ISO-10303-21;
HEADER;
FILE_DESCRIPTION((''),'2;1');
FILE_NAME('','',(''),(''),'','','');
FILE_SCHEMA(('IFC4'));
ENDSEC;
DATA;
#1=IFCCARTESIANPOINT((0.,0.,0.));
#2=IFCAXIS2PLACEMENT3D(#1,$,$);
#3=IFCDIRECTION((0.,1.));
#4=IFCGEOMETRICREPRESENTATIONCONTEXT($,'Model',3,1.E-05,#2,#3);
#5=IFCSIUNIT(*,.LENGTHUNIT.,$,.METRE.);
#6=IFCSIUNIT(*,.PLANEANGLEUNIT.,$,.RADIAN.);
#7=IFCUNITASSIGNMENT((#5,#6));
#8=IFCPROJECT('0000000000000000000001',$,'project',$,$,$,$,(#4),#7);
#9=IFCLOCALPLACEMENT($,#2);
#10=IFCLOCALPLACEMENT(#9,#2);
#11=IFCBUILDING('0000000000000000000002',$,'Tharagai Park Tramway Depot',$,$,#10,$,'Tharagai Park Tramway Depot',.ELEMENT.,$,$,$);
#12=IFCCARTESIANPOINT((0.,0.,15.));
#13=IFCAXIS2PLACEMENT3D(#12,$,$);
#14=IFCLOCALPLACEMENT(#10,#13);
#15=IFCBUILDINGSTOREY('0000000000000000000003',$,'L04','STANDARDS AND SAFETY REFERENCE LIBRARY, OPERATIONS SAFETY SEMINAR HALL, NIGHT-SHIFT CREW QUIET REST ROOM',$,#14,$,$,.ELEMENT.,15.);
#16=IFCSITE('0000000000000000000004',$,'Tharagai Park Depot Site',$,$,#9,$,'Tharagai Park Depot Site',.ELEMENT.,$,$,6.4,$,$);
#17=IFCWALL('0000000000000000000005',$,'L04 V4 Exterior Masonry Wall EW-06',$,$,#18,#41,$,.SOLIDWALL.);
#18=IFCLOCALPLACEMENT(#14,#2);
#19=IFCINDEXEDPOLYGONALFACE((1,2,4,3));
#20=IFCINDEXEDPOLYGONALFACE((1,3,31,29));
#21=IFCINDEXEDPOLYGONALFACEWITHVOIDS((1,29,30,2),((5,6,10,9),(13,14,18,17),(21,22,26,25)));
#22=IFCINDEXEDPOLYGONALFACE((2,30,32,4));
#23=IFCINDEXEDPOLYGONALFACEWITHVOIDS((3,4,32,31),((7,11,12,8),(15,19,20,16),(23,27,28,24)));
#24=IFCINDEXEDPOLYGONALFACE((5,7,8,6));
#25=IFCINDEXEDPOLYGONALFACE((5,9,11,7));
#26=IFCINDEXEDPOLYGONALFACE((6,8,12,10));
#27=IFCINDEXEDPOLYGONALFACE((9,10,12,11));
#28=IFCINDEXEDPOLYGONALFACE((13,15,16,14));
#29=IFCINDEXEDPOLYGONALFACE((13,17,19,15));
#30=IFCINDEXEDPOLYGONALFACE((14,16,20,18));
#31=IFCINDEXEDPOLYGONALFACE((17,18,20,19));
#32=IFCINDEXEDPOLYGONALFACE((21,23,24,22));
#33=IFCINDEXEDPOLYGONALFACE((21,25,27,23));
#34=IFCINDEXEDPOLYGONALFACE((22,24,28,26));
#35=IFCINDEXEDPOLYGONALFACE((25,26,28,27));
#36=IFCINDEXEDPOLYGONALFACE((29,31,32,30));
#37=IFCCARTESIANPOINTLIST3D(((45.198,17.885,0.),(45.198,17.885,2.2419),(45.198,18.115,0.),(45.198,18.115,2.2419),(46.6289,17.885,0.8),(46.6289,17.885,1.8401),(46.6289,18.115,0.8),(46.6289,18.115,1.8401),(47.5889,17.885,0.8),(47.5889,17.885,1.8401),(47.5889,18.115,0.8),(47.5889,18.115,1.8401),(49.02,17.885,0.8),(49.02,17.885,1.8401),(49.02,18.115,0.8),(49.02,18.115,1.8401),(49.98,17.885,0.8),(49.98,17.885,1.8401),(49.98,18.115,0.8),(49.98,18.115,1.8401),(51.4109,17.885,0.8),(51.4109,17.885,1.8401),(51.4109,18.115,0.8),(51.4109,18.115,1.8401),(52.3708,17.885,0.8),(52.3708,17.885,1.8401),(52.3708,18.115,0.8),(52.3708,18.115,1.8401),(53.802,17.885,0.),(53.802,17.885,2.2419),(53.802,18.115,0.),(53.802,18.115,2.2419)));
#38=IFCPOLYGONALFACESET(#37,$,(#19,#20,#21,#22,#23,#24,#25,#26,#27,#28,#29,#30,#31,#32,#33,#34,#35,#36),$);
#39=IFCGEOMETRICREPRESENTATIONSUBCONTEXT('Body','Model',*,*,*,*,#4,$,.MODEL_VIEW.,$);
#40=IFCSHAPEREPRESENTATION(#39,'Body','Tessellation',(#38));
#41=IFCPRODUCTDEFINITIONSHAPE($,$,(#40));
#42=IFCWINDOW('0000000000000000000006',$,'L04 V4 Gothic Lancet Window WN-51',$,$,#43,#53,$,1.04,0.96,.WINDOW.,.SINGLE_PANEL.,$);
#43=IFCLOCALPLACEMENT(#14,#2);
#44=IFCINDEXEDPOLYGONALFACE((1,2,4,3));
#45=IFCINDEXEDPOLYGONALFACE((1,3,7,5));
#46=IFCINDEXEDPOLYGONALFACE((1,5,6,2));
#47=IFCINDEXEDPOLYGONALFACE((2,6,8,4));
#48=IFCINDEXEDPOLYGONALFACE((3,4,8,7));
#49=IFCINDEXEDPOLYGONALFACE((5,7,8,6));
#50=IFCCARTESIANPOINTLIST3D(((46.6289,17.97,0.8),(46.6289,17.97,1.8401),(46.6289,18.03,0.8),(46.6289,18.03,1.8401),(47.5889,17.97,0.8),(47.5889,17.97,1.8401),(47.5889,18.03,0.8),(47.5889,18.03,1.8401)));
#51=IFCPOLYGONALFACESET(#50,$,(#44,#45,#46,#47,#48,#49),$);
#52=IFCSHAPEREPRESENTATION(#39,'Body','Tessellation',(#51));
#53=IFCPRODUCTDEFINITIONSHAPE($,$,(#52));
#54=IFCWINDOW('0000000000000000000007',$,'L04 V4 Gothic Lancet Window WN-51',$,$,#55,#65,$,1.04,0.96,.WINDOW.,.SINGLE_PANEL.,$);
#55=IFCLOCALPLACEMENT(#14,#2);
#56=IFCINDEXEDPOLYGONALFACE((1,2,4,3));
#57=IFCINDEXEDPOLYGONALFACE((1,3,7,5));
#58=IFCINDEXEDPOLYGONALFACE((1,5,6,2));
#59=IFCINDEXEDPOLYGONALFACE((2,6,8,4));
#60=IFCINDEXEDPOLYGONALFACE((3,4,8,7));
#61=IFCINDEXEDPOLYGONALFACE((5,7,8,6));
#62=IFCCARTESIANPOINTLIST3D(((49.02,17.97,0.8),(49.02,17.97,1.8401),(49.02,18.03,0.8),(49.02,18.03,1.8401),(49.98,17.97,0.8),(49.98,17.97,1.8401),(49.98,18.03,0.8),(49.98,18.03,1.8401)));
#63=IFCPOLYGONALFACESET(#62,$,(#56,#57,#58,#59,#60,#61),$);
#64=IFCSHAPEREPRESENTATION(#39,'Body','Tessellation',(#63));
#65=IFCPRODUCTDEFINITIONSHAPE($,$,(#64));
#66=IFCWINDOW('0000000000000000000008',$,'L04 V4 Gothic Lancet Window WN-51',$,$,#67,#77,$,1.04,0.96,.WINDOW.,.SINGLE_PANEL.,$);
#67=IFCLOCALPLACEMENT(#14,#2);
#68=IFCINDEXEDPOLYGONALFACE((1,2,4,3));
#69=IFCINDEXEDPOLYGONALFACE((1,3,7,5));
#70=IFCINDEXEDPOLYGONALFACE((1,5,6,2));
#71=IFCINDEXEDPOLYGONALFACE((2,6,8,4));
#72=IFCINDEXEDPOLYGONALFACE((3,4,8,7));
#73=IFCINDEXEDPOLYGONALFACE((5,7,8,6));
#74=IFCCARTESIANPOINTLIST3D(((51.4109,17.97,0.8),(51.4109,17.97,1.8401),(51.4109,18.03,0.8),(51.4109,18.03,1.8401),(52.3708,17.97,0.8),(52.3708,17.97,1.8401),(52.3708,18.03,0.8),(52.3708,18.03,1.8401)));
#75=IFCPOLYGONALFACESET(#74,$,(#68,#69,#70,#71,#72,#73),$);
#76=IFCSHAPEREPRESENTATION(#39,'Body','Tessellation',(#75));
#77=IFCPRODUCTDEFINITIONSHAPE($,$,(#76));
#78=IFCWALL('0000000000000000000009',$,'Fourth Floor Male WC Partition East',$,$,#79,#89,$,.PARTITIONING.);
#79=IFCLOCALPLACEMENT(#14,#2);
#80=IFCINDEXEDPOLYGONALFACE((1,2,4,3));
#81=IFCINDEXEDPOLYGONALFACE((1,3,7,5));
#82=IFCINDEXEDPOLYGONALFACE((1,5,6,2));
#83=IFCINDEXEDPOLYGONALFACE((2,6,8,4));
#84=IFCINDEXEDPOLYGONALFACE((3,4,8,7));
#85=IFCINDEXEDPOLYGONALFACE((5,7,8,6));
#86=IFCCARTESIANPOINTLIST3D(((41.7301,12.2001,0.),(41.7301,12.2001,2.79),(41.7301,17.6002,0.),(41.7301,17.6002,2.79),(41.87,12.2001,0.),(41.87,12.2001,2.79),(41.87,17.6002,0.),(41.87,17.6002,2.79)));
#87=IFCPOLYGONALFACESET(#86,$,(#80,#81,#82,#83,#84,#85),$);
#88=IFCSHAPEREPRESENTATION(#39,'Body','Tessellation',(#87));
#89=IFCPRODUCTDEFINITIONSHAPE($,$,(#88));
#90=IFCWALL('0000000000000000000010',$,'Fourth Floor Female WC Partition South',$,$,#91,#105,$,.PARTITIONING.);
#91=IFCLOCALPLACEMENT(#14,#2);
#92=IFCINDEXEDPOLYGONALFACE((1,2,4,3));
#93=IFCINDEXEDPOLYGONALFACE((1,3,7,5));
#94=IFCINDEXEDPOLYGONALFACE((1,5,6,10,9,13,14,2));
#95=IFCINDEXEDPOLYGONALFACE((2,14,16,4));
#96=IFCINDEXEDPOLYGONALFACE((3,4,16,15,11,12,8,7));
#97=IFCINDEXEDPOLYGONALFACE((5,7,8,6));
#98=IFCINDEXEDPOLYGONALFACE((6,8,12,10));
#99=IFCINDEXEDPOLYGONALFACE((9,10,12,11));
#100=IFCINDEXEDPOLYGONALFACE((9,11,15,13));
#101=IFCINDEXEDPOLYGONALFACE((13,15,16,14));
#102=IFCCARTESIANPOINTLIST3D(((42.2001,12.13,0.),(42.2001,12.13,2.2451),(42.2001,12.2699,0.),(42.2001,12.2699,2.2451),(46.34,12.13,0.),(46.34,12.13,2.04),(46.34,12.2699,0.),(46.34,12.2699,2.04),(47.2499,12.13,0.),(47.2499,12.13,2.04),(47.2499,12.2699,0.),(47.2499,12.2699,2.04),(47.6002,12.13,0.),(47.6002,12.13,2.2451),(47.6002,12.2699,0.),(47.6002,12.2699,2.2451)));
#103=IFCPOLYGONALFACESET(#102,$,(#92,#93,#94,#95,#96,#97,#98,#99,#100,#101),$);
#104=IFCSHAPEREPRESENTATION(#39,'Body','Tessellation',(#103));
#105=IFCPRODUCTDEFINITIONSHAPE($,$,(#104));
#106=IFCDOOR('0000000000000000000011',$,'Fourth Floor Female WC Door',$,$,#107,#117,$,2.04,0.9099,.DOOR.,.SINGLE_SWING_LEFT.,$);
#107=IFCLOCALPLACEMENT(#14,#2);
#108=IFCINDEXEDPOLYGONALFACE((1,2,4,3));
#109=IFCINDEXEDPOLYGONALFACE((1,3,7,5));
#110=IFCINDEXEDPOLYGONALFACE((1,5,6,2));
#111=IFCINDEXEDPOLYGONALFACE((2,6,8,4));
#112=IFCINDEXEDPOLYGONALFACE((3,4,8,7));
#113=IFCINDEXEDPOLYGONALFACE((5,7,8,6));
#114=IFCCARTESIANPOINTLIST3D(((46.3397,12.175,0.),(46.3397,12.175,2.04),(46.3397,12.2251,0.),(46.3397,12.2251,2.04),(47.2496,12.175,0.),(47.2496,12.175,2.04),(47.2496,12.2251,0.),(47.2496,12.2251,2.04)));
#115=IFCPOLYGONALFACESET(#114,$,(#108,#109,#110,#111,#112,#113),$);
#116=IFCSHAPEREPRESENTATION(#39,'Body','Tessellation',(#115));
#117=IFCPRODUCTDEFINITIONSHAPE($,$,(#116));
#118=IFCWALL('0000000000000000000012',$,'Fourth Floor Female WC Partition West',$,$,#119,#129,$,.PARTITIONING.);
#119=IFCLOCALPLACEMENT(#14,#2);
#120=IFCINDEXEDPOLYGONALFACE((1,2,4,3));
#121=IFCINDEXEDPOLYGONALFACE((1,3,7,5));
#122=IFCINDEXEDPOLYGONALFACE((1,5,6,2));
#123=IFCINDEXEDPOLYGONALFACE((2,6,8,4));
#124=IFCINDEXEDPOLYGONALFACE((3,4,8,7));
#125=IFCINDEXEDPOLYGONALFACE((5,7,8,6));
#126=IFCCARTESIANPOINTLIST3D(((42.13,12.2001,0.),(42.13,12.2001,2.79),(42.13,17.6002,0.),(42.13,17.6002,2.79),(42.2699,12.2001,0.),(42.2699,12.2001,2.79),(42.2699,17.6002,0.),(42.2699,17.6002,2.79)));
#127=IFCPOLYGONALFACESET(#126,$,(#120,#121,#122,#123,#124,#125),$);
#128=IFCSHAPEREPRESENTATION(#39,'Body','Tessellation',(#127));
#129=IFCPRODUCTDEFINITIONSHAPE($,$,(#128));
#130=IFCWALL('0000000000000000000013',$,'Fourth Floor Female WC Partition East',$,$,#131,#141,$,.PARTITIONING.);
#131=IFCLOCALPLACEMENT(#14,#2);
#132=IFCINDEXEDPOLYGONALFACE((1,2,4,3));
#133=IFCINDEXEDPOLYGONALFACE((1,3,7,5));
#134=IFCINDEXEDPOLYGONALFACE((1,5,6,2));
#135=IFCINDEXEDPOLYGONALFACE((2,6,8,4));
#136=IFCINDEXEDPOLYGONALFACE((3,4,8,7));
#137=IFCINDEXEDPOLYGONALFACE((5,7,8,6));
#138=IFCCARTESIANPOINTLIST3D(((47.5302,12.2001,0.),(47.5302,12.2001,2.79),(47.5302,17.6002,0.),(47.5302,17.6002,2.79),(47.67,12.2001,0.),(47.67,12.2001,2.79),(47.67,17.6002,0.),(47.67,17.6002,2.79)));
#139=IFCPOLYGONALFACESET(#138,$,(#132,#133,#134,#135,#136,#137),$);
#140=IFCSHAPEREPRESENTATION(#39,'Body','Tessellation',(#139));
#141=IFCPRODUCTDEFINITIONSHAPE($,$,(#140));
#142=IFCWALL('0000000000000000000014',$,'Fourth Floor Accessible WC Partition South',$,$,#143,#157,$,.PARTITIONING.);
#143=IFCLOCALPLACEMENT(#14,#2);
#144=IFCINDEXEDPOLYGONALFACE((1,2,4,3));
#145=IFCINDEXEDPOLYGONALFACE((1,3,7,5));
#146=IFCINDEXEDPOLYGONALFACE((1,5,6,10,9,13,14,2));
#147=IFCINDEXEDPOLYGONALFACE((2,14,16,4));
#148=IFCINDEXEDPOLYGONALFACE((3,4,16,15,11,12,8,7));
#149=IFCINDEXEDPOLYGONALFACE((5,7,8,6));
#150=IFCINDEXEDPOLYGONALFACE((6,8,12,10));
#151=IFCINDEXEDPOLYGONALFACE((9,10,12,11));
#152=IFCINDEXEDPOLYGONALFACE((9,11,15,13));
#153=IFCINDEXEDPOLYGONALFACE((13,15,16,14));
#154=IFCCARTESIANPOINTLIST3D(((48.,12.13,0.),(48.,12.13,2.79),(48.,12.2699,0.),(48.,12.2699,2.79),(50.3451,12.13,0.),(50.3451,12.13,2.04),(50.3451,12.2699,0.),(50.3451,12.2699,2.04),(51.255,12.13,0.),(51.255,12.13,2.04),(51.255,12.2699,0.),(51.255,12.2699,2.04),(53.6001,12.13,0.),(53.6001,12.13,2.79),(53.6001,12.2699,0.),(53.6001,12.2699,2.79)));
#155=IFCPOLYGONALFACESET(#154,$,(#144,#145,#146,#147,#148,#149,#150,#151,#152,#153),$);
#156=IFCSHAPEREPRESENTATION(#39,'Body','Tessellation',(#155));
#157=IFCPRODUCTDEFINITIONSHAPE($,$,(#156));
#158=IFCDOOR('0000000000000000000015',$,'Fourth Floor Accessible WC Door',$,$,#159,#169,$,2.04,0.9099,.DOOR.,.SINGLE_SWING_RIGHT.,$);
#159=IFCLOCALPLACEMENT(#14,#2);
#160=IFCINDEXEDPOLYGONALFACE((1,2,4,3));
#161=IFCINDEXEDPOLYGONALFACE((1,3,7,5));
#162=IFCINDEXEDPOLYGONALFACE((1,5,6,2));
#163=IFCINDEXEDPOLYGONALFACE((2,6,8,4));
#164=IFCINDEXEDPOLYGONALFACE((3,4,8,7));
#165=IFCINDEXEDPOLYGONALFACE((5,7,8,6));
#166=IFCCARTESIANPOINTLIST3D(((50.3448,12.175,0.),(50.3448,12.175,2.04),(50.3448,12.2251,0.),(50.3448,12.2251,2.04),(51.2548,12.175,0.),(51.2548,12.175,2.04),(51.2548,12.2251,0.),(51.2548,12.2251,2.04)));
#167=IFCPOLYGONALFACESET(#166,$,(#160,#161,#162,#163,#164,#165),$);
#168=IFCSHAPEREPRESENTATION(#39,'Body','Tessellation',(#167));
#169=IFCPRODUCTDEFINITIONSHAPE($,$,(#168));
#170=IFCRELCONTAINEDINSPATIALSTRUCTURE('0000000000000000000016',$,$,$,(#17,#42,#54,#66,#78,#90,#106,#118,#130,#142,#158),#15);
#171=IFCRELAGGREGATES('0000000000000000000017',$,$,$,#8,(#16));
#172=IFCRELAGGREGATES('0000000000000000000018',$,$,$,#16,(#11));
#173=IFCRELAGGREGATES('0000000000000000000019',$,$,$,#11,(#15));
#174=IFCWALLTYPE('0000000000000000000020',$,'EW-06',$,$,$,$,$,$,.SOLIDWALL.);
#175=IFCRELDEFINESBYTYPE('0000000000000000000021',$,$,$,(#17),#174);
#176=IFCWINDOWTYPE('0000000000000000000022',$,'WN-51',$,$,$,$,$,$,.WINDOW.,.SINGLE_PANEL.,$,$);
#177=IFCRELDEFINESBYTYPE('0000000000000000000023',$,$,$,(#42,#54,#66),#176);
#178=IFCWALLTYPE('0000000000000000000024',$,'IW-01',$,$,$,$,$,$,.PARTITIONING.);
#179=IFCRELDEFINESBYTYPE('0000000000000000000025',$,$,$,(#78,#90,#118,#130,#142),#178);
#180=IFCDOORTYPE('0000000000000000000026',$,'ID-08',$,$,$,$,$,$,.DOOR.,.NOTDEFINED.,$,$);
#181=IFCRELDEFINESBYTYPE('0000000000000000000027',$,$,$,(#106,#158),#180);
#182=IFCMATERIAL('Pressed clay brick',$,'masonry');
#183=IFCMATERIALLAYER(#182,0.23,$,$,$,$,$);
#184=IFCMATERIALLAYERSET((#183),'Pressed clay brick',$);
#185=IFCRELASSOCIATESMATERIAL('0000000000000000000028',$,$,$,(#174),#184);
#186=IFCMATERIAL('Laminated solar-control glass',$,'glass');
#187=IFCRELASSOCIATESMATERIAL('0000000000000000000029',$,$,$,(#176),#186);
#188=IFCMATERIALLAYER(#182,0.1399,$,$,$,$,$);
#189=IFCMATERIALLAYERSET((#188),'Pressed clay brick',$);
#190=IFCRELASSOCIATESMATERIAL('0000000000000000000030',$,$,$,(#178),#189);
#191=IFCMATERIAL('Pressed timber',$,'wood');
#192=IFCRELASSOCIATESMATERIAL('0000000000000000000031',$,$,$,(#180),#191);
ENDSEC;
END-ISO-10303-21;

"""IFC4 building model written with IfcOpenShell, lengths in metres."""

from ifc_helpers import new_model, si_unit, direction, frame, frame_2d, origin, place, context, subcontext, project, spatial, rectangle, extrude, material, layer, layer_set, type_object, element, fill, save


model = new_model("IFC4")

# Units and contexts
model_context = context("Model", 3, precision=1e-05, world=origin(), true_north=direction((0.0, 1.0)))
body_context = subcontext(model_context, "Body", "Model", "MODEL_VIEW")
ifc_project = project(units=[si_unit("LENGTHUNIT", "METRE"), si_unit("PLANEANGLEUNIT", "RADIAN")], contexts=[model_context])

# Site, building, storey
site_placement = place(None, origin())
site = spatial("IfcSite", under=ifc_project, at=site_placement, Name="Tharagai Park Depot Site", LongName="Tharagai Park Depot Site", CompositionType="ELEMENT", RefElevation=6.4)
building_placement = place(site_placement, origin())
building = spatial("IfcBuilding", under=site, at=building_placement, Name="Tharagai Park Tramway Depot", LongName="Tharagai Park Tramway Depot", CompositionType="ELEMENT")
storey_placement = place(building_placement, frame((0.0, 0.0, 15.0)))
storey = spatial("IfcBuildingStorey", under=building, at=storey_placement, Name="L04", Description="STANDARDS AND SAFETY REFERENCE LIBRARY, OPERATIONS SAFETY SEMINAR HALL, NIGHT-SHIFT CREW QUIET REST ROOM", CompositionType="ELEMENT", Elevation=15.0)

# Wall, openings, windows
ifc_material_1 = material(Name="Pressed clay brick", Category="masonry")
ifc_layer_1 = layer(ifc_material_1, 0.23)
ifc_layer_set_1 = layer_set([ifc_layer_1], Name="Pressed clay brick")
wall_type_1 = type_object("IfcWallType", Name="EW-06", PredefinedType="SOLIDWALL", material=ifc_layer_set_1)
wall_1_placement = place(storey_placement, frame((45.198, 18.0, 0.0), z_axis=(0.0, 0.0, 1.0), x_axis=(1.0, 0.0, 0.0)))
wall_1 = element("IfcWall", 1, at=wall_1_placement, inside=storey, type_object=wall_type_1, Name="L04 V4 Exterior Masonry Wall EW-06", PredefinedType="SOLIDWALL", context=body_context, shape_type="SweptSolid", body=[
    extrude(rectangle(XDim=8.604, YDim=0.23, at=frame_2d((4.302, 0.0))), origin(), (0.0, 0.0, 1.0), 2.2419),
])
opening_1_placement = place(wall_1_placement, frame((1.4309, 0.0, 0.8)))
opening_1 = element("IfcOpeningElement", 2, at=opening_1_placement, cuts=wall_1, PredefinedType="OPENING", context=body_context, shape_type="SweptSolid", body=[
    extrude(rectangle(XDim=0.96, YDim=1.04, at=frame_2d((0.48, 0.52))), frame((0.0, 0.125, 0.0), z_axis=(0.0, -1.0, 0.0), x_axis=(1.0, 0.0, 0.0)), (0.0, 0.0, 1.0), 0.25),
])
opening_2_placement = place(wall_1_placement, frame((3.822, 0.0, 0.8)))
opening_2 = element("IfcOpeningElement", 3, at=opening_2_placement, cuts=wall_1, PredefinedType="OPENING", context=body_context, shape_type="SweptSolid", body=[
    extrude(rectangle(XDim=0.96, YDim=1.04, at=frame_2d((0.48, 0.52))), frame((0.0, 0.125, 0.0), z_axis=(0.0, -1.0, 0.0), x_axis=(1.0, 0.0, 0.0)), (0.0, 0.0, 1.0), 0.25),
])
opening_3_placement = place(wall_1_placement, frame((6.2129, 0.0, 0.8)))
opening_3 = element("IfcOpeningElement", 4, at=opening_3_placement, cuts=wall_1, PredefinedType="OPENING", context=body_context, shape_type="SweptSolid", body=[
    extrude(rectangle(XDim=0.96, YDim=1.04, at=frame_2d((0.48, 0.52))), frame((0.0, 0.125, 0.0), z_axis=(0.0, -1.0, 0.0), x_axis=(1.0, 0.0, 0.0)), (0.0, 0.0, 1.0), 0.25),
])
ifc_material_2 = material(Name="Laminated solar-control glass", Category="glass")
window_type = type_object("IfcWindowType", Name="WN-51", PartitioningType="SINGLE_PANEL", PredefinedType="WINDOW", material=ifc_material_2)
window_1_placement = place(opening_1_placement, origin())
window_1 = element("IfcWindow", 5, at=window_1_placement, inside=storey, type_object=window_type, Name="L04 V4 Gothic Lancet Window WN-51", OverallHeight=1.04, OverallWidth=0.96, PartitioningType="SINGLE_PANEL", PredefinedType="WINDOW", context=body_context, shape_type="SweptSolid", body=[
    extrude(rectangle(XDim=0.96, YDim=1.04, at=frame_2d((0.48, 0.52))), frame((0.0, 0.03, 0.0), z_axis=(0.0, -1.0, 0.0), x_axis=(1.0, 0.0, 0.0)), (0.0, 0.0, 1.0), 0.0601),
])
fill(opening_1, window_1)
window_2_placement = place(opening_2_placement, origin())
window_2 = element("IfcWindow", 6, at=window_2_placement, inside=storey, type_object=window_type, Name="L04 V4 Gothic Lancet Window WN-51", OverallHeight=1.04, OverallWidth=0.96, PartitioningType="SINGLE_PANEL", PredefinedType="WINDOW", context=body_context, shape_type="SweptSolid", body=[
    extrude(rectangle(XDim=0.96, YDim=1.04, at=frame_2d((0.48, 0.52))), frame((0.0, 0.03, 0.0), z_axis=(0.0, -1.0, 0.0), x_axis=(1.0, 0.0, 0.0)), (0.0, 0.0, 1.0), 0.0601),
])
fill(opening_2, window_2)
window_3_placement = place(opening_3_placement, origin())
window_3 = element("IfcWindow", 7, at=window_3_placement, inside=storey, type_object=window_type, Name="L04 V4 Gothic Lancet Window WN-51", OverallHeight=1.04, OverallWidth=0.96, PartitioningType="SINGLE_PANEL", PredefinedType="WINDOW", context=body_context, shape_type="SweptSolid", body=[
    extrude(rectangle(XDim=0.96, YDim=1.04, at=frame_2d((0.48, 0.52))), frame((0.0, 0.03, 0.0), z_axis=(0.0, -1.0, 0.0), x_axis=(1.0, 0.0, 0.0)), (0.0, 0.0, 1.0), 0.0601),
])
fill(opening_3, window_3)

# Wall
ifc_layer_2 = layer(ifc_material_1, 0.1399)
ifc_layer_set_2 = layer_set([ifc_layer_2], Name="Pressed clay brick")
wall_type_2 = type_object("IfcWallType", Name="IW-01", PredefinedType="PARTITIONING", material=ifc_layer_set_2)
wall_2_placement = place(storey_placement, frame((41.8, 12.2, 0.0), z_axis=(0.0, 0.0, 1.0), x_axis=(0.0, 1.0, 0.0)))
element("IfcWall", 8, at=wall_2_placement, inside=storey, type_object=wall_type_2, Name="Fourth Floor Male WC Partition East", PredefinedType="PARTITIONING", context=body_context, shape_type="SweptSolid", body=[
    extrude(rectangle(XDim=5.4001, YDim=0.1399, at=frame_2d((2.7002, 0.0))), origin(), (0.0, 0.0, 1.0), 2.79),
])

# Wall, opening, door
wall_3_placement = place(storey_placement, frame((42.2, 12.2, 0.0), z_axis=(0.0, 0.0, 1.0), x_axis=(1.0, 0.0, 0.0)))
wall_3 = element("IfcWall", 9, at=wall_3_placement, inside=storey, type_object=wall_type_2, Name="Fourth Floor Female WC Partition South", PredefinedType="PARTITIONING", context=body_context, shape_type="SweptSolid", body=[
    extrude(rectangle(XDim=5.4001, YDim=0.1399, at=frame_2d((2.7002, 0.0))), origin(), (0.0, 0.0, 1.0), 2.2451),
])
opening_4_placement = place(wall_3_placement, frame((4.1399, 0.0, 0.0)))
opening_4 = element("IfcOpeningElement", 10, at=opening_4_placement, cuts=wall_3, PredefinedType="OPENING", context=body_context, shape_type="SweptSolid", body=[
    extrude(rectangle(XDim=0.9099, YDim=2.04, at=frame_2d((0.4551, 1.02))), frame((0.0, 0.0798, 0.0), z_axis=(0.0, -1.0, 0.0), x_axis=(1.0, 0.0, 0.0)), (0.0, 0.0, 1.0), 0.1599),
])
ifc_material_3 = material(Name="Pressed timber", Category="wood")
door_type_1 = type_object("IfcDoorType", Name="ID-08", OperationType="NOTDEFINED", PredefinedType="DOOR", material=ifc_material_3)
door_1_placement = place(opening_4_placement, frame((0.9099, 0.0, 0.0), z_axis=(0.0, 0.0, 1.0), x_axis=(-1.0, 0.0, 0.0)))
door_1 = element("IfcDoor", 11, at=door_1_placement, inside=storey, type_object=door_type_1, Name="Fourth Floor Female WC Door", OperationType="SINGLE_SWING_LEFT", OverallHeight=2.04, OverallWidth=0.9099, PredefinedType="DOOR", context=body_context, shape_type="SweptSolid", body=[
    extrude(rectangle(XDim=0.9099, YDim=2.04, at=frame_2d((0.4551, 1.02))), frame((0.0, 0.0249, 0.0), z_axis=(0.0, -1.0, 0.0), x_axis=(1.0, 0.0, 0.0)), (0.0, 0.0, 1.0), 0.05),
])
fill(opening_4, door_1)

# Walls
for number, where, z_axis, x_axis, name in (
    (12, (42.2, 12.2, 0.0), (0.0, 0.0, 1.0), (0.0, 1.0, 0.0), "Fourth Floor Female WC Partition West"),
    (13, (47.6001, 12.2, 0.0), (0.0, 0.0, 1.0), (0.0, 1.0, 0.0), "Fourth Floor Female WC Partition East"),
):
    element("IfcWall", number, at=place(storey_placement, frame(where, z_axis=z_axis, x_axis=x_axis)), inside=storey, type_object=wall_type_2, Name=name, PredefinedType="PARTITIONING", context=body_context, shape_type="SweptSolid", body=[
        extrude(rectangle(XDim=5.4001, YDim=0.1399, at=frame_2d((2.7002, 0.0))), origin(), (0.0, 0.0, 1.0), 2.79),
    ])

# Wall, opening, door
wall_4_placement = place(storey_placement, frame((48.0, 12.2, 0.0), z_axis=(0.0, 0.0, 1.0), x_axis=(1.0, 0.0, 0.0)))
wall_4 = element("IfcWall", 14, at=wall_4_placement, inside=storey, type_object=wall_type_2, Name="Fourth Floor Accessible WC Partition South", PredefinedType="PARTITIONING", context=body_context, shape_type="SweptSolid", body=[
    extrude(rectangle(XDim=5.6001, YDim=0.1399, at=frame_2d((2.8, 0.0))), origin(), (0.0, 0.0, 1.0), 2.79),
])
opening_5_placement = place(wall_4_placement, frame((2.345, 0.0, 0.0)))
opening_5 = element("IfcOpeningElement", 15, at=opening_5_placement, cuts=wall_4, PredefinedType="OPENING", context=body_context, shape_type="SweptSolid", body=[
    extrude(rectangle(XDim=0.9099, YDim=2.04, at=frame_2d((0.4551, 1.02))), frame((0.0, 0.0798, 0.0), z_axis=(0.0, -1.0, 0.0), x_axis=(1.0, 0.0, 0.0)), (0.0, 0.0, 1.0), 0.1599),
])
door_2_placement = place(opening_5_placement, frame((0.9099, 0.0, 0.0), z_axis=(0.0, 0.0, 1.0), x_axis=(-1.0, 0.0, 0.0)))
door_2 = element("IfcDoor", 16, at=door_2_placement, inside=storey, type_object=door_type_1, Name="Fourth Floor Accessible WC Door", OperationType="SINGLE_SWING_RIGHT", OverallHeight=2.04, OverallWidth=0.9099, PredefinedType="DOOR", context=body_context, shape_type="SweptSolid", body=[
    extrude(rectangle(XDim=0.9099, YDim=2.04, at=frame_2d((0.4551, 1.02))), frame((0.0, 0.0249, 0.0), z_axis=(0.0, -1.0, 0.0), x_axis=(1.0, 0.0, 0.0)), (0.0, 0.0, 1.0), 0.05),
])
fill(opening_5, door_2)

save(model, "model.ifc")
